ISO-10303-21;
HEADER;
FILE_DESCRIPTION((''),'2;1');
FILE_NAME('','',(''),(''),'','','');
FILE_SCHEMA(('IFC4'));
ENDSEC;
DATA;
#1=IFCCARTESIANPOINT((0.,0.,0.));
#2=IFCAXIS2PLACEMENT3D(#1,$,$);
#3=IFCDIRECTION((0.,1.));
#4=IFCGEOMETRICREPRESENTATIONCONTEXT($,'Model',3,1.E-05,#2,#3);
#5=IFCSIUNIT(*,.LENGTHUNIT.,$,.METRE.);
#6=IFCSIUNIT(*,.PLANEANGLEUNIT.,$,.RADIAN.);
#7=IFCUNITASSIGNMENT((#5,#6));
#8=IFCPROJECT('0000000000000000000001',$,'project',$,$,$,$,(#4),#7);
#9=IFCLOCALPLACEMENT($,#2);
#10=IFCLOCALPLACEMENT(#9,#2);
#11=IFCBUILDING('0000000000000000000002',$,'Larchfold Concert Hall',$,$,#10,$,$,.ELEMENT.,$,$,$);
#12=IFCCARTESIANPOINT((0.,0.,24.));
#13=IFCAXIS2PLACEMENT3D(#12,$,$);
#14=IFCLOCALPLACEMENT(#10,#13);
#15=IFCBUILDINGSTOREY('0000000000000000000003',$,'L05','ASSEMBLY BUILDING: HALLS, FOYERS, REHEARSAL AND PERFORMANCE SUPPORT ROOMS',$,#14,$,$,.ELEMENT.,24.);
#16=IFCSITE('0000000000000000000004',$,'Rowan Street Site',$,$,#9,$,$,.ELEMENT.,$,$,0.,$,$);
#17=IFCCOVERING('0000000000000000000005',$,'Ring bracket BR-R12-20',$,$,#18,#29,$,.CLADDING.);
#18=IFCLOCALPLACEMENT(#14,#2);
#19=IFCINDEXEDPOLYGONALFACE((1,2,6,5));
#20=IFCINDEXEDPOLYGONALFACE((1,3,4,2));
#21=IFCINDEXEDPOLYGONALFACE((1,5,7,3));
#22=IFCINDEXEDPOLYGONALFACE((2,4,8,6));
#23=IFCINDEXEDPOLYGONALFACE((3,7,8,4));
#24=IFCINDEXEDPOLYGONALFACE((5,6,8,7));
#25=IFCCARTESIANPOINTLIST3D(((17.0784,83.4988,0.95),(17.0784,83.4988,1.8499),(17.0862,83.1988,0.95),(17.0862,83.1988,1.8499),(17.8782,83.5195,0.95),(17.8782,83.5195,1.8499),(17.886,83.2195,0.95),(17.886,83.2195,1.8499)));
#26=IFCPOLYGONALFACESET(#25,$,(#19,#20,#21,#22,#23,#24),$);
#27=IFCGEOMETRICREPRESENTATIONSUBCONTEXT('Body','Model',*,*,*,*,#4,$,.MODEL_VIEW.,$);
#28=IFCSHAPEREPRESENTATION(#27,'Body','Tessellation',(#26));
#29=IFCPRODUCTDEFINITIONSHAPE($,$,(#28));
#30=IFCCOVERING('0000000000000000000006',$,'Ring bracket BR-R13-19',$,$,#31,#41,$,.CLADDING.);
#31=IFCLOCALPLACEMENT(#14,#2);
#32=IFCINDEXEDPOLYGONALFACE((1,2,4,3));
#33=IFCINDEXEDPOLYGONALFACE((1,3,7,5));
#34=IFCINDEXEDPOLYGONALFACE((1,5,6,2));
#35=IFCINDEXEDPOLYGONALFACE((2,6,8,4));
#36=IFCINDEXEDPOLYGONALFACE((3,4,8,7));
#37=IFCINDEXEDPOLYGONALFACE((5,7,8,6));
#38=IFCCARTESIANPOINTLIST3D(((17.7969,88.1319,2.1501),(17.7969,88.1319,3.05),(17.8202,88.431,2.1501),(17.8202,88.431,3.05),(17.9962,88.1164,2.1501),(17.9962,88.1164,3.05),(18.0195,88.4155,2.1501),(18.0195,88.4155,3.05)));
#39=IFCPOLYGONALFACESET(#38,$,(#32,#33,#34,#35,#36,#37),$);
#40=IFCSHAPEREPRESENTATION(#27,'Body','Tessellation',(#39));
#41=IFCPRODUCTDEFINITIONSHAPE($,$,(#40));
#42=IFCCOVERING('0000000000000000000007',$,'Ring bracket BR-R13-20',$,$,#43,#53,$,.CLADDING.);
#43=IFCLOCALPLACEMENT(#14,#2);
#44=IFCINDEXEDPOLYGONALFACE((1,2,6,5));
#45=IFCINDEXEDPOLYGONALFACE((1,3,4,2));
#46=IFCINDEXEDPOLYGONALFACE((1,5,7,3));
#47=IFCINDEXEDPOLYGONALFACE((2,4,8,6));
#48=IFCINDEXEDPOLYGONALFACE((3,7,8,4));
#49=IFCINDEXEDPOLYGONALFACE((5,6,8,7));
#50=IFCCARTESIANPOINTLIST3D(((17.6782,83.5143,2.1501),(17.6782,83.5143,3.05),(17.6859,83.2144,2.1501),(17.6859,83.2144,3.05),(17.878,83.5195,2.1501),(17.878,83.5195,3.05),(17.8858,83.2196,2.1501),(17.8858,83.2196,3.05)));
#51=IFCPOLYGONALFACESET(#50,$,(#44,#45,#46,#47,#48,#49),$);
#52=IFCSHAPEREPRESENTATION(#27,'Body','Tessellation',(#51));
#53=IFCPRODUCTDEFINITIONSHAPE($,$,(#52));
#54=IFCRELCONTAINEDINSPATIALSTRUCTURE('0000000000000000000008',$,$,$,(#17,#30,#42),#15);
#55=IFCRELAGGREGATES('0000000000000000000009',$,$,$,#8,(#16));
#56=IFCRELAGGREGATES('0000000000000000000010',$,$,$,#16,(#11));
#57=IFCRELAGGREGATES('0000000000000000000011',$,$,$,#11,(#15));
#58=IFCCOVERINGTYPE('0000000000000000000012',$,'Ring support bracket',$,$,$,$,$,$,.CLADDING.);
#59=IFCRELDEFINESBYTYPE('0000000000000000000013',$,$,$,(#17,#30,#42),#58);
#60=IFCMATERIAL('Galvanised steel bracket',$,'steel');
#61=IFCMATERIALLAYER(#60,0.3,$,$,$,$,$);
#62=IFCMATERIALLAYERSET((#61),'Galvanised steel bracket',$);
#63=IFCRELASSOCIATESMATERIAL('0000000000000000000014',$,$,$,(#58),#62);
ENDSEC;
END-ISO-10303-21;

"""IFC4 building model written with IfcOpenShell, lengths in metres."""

from ifc_helpers import new_model, si_unit, direction, frame, origin, origin_2d, place, context, subcontext, project, spatial, rectangle, extrude, material, layer, layer_set, type_object, element, save


model = new_model("IFC4")

# Units and contexts
model_context = context("Model", 3, precision=1e-05, world=origin(), true_north=direction((0.0, 1.0)))
body_context = subcontext(model_context, "Body", "Model", "MODEL_VIEW")
ifc_project = project(units=[si_unit("LENGTHUNIT", "METRE"), si_unit("PLANEANGLEUNIT", "RADIAN")], contexts=[model_context])

# Site, building, storey
site_placement = place(None, origin())
site = spatial("IfcSite", under=ifc_project, at=site_placement, Name="Rowan Street Site", CompositionType="ELEMENT", RefElevation=0.0)
building_placement = place(site_placement, origin())
building = spatial("IfcBuilding", under=site, at=building_placement, Name="Larchfold Concert Hall", CompositionType="ELEMENT")
storey_placement = place(building_placement, frame((0.0, 0.0, 24.0)))
storey = spatial("IfcBuildingStorey", under=building, at=storey_placement, Name="L05", Description="ASSEMBLY BUILDING: HALLS, FOYERS, REHEARSAL AND PERFORMANCE SUPPORT ROOMS", CompositionType="ELEMENT", Elevation=24.0)

# Coverings
ifc_material_1 = material(Name="Galvanised steel bracket", Category="steel")
ifc_layer_1 = layer(ifc_material_1, 0.3)
ifc_layer_set_1 = layer_set([ifc_layer_1], Name="Galvanised steel bracket")
covering_type = type_object("IfcCoveringType", Name="Ring support bracket", PredefinedType="CLADDING", material=ifc_layer_set_1)
for number, where, z_axis, x_axis, name in (
    (1, (17.4822, 83.3591, 0.95), (0.0, 0.0, 1.0), (-0.999665, -0.025882, 0.0), "Ring bracket BR-R12-20"),
):
    element("IfcCovering", number, at=place(storey_placement, frame(where, z_axis=z_axis, x_axis=x_axis)), inside=storey, type_object=covering_type, Name=name, PredefinedType="CLADDING", context=body_context, shape_type="SweptSolid", body=[
        extrude(rectangle(XDim=0.8, YDim=0.3, at=origin_2d()), origin(), (0.0, 0.0, 1.0), 0.8999),
    ])
for number, where, z_axis, x_axis, name in (
    (2, (17.9082, 88.2737, 2.1501), (0.0, 0.0, 1.0), (-0.99699, 0.077528, 0.0), "Ring bracket BR-R13-19"),
    (3, (17.782, 83.3669, 2.1501), (0.0, 0.0, 1.0), (-0.999665, -0.025882, 0.0), "Ring bracket BR-R13-20"),
):
    element("IfcCovering", number, at=place(storey_placement, frame(where, z_axis=z_axis, x_axis=x_axis)), inside=storey, type_object=covering_type, Name=name, PredefinedType="CLADDING", context=body_context, shape_type="SweptSolid", body=[
        extrude(rectangle(XDim=0.2, YDim=0.3, at=origin_2d()), origin(), (0.0, 0.0, 1.0), 0.8999),
    ])

save(model, "model.ifc")
